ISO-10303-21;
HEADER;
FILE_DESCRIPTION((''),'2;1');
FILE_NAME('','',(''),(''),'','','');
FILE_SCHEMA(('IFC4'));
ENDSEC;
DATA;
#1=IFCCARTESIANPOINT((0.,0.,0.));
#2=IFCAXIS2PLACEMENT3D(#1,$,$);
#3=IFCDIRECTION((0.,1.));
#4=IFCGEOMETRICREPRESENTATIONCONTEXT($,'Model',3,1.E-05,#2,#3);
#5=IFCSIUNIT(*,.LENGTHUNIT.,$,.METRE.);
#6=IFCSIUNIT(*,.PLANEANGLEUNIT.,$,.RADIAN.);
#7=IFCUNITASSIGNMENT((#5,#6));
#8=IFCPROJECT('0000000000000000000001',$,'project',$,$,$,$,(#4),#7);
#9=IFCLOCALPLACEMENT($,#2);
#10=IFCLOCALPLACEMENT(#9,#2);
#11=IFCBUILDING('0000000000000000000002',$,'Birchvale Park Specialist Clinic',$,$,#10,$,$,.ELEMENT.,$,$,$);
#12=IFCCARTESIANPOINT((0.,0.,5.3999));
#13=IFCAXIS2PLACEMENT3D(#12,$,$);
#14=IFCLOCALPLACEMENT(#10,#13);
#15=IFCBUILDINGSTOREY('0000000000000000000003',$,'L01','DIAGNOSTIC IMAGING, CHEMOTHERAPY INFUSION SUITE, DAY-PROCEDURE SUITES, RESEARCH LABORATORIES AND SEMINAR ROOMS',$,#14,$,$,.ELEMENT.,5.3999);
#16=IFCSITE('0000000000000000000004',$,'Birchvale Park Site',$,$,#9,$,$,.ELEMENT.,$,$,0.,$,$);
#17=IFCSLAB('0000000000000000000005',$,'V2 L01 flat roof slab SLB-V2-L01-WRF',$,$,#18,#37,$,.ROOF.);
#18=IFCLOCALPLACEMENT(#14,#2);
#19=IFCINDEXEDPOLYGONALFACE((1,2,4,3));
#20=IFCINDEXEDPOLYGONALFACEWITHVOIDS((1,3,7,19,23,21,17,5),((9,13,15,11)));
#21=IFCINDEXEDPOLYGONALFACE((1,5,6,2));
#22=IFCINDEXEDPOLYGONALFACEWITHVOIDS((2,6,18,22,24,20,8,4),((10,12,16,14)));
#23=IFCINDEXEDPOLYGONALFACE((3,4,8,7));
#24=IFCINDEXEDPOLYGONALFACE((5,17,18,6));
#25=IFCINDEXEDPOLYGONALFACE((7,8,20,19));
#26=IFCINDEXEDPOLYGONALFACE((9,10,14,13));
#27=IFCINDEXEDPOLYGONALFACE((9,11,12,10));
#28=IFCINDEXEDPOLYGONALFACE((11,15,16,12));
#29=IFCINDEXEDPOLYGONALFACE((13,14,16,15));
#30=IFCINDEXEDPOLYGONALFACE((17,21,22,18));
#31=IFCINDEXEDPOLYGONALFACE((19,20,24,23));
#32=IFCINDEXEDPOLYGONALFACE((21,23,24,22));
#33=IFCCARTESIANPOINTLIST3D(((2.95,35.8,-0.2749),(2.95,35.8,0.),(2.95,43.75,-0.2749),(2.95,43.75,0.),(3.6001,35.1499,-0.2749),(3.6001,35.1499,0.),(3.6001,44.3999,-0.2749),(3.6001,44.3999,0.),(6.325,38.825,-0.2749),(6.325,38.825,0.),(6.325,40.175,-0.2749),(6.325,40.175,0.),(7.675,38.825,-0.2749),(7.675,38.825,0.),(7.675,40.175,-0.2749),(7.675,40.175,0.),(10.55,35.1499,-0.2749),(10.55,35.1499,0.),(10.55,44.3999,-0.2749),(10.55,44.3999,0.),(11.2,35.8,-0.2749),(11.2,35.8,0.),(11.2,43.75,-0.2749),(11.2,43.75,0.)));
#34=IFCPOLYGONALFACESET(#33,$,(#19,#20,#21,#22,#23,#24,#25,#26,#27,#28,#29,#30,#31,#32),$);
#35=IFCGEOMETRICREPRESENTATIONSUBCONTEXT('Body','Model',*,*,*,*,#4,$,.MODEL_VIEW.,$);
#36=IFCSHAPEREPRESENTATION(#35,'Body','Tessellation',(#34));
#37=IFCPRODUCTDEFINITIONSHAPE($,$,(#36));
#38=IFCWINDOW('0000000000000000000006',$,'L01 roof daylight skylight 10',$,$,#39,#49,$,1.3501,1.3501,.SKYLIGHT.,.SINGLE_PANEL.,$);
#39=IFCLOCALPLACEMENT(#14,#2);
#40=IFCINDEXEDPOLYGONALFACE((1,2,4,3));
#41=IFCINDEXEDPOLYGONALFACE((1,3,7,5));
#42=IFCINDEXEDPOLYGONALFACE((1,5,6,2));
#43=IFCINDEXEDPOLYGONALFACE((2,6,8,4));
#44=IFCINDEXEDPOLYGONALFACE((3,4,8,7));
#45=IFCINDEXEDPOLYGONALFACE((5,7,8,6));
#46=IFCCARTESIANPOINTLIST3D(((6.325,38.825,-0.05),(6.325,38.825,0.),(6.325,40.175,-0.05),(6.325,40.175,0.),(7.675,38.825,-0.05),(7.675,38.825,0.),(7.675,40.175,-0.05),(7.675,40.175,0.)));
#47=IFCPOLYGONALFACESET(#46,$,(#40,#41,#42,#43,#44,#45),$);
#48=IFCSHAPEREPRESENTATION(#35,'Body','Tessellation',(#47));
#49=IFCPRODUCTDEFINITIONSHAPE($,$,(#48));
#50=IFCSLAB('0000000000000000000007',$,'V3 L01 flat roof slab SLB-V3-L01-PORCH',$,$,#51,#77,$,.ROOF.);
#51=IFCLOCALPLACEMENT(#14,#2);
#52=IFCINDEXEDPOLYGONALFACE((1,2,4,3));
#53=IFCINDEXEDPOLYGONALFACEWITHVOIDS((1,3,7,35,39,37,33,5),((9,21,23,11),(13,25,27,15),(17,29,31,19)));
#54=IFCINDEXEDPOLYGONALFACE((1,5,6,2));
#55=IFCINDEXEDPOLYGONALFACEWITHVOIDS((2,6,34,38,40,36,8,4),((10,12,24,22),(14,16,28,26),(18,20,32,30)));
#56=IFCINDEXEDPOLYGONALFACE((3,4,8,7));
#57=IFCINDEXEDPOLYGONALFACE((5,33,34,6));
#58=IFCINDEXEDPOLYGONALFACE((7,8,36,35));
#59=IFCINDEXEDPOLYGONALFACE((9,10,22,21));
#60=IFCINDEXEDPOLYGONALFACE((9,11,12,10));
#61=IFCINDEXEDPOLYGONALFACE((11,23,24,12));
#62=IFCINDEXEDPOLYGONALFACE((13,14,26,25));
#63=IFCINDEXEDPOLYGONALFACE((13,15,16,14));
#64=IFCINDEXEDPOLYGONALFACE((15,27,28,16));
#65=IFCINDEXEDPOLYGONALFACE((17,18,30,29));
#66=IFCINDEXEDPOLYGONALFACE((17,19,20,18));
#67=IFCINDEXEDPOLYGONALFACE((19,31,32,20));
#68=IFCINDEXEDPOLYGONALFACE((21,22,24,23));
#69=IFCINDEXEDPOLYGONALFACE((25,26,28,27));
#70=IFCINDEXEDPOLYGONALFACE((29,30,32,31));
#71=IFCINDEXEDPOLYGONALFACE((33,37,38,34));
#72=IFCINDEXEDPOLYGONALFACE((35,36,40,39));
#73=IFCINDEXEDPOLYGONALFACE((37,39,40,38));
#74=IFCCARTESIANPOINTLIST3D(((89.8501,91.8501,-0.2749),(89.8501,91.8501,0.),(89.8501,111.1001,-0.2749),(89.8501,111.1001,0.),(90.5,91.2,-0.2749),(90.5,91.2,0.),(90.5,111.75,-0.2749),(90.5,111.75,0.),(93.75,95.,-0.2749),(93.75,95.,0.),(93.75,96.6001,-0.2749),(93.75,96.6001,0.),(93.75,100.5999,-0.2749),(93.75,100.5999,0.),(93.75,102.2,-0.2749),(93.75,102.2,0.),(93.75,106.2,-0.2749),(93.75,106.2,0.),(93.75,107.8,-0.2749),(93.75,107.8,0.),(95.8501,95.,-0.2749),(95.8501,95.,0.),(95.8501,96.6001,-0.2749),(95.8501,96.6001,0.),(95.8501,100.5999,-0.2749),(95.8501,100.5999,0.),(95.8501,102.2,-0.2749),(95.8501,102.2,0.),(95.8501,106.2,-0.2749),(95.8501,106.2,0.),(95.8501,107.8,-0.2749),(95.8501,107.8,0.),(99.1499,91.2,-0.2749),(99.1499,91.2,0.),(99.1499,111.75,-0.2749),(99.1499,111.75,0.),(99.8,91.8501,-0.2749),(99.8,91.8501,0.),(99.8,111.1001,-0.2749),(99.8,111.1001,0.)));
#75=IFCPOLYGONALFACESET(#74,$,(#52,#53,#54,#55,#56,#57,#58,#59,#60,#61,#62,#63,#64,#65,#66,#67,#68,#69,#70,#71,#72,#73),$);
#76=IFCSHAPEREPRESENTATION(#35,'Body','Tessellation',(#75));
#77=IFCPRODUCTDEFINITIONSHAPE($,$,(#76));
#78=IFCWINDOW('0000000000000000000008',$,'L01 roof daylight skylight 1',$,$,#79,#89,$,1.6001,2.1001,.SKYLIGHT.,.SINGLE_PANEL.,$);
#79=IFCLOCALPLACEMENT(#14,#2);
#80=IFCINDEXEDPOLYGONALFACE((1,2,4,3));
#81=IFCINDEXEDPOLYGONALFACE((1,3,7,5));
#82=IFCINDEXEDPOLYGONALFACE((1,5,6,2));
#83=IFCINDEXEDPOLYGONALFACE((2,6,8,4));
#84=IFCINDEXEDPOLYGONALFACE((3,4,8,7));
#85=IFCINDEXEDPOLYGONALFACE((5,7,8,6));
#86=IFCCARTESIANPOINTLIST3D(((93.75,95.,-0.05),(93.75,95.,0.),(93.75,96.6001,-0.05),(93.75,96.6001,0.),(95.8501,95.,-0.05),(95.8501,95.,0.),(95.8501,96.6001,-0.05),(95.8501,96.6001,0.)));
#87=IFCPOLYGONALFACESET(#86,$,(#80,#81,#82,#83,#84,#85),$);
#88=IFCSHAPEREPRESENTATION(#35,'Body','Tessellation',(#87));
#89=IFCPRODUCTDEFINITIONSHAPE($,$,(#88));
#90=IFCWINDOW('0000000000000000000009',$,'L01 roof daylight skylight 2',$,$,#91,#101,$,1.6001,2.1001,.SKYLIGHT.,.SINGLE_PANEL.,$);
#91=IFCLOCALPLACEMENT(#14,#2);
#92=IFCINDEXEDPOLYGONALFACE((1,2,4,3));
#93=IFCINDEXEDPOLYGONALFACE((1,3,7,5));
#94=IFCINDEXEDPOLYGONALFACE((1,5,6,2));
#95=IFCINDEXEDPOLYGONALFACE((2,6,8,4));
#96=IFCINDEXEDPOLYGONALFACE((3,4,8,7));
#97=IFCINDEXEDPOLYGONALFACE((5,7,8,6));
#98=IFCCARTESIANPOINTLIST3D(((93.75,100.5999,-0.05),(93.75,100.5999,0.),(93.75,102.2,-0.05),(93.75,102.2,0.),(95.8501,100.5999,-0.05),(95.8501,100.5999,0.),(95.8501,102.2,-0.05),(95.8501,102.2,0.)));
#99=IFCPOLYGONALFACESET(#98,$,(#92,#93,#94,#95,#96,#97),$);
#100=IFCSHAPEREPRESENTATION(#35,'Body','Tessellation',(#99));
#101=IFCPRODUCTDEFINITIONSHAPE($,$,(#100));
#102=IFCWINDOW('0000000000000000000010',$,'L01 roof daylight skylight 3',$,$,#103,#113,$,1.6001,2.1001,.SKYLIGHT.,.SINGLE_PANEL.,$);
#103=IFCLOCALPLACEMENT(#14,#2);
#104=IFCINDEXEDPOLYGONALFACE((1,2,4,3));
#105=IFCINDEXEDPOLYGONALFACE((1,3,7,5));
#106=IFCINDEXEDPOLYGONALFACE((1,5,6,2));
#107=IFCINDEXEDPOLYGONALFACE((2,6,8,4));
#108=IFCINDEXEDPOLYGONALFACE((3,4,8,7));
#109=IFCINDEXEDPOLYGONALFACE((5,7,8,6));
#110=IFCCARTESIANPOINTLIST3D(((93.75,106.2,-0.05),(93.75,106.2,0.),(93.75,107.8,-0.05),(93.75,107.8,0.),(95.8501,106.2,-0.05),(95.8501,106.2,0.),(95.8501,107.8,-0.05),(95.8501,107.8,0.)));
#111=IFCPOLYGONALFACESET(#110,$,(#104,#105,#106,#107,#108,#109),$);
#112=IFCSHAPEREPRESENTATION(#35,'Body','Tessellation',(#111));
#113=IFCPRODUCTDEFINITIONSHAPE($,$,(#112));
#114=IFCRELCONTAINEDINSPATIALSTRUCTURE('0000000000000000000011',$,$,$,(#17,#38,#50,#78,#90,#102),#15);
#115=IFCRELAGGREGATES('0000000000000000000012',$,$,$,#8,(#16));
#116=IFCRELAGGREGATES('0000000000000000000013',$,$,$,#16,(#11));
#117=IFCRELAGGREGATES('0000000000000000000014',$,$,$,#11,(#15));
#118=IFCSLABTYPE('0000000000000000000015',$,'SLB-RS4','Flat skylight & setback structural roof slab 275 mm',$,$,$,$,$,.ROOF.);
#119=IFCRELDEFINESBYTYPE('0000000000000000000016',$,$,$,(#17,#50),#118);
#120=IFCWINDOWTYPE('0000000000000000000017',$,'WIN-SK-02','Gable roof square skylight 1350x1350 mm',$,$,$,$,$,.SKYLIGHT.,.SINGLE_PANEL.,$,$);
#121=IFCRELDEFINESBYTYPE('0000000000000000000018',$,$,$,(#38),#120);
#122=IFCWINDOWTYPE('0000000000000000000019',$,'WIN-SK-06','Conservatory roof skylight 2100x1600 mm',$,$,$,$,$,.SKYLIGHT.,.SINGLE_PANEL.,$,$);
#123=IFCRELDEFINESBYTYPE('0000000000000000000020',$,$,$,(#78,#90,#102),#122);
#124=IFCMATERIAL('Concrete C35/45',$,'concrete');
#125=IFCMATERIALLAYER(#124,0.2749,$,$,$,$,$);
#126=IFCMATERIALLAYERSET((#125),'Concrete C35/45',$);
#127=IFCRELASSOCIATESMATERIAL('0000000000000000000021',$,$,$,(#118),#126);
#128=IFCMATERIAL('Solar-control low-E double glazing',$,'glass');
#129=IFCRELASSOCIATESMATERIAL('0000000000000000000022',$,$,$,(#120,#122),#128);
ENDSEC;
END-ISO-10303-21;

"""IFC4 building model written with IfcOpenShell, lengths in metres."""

from ifc_helpers import new_model, si_unit, direction, frame, origin, origin_2d, place, context, subcontext, project, spatial, polyline, rectangle, outline, extrude, material, layer, layer_set, type_object, element, fill, save


model = new_model("IFC4")

# Units and contexts
model_context = context("Model", 3, precision=1e-05, world=origin(), true_north=direction((0.0, 1.0)))
body_context = subcontext(model_context, "Body", "Model", "MODEL_VIEW")
ifc_project = project(units=[si_unit("LENGTHUNIT", "METRE"), si_unit("PLANEANGLEUNIT", "RADIAN")], contexts=[model_context])

# Site, building, storey
site_placement = place(None, origin())
site = spatial("IfcSite", under=ifc_project, at=site_placement, Name="Birchvale Park Site", CompositionType="ELEMENT", RefElevation=0.0)
building_placement = place(site_placement, origin())
building = spatial("IfcBuilding", under=site, at=building_placement, Name="Birchvale Park Specialist Clinic", CompositionType="ELEMENT")
storey_placement = place(building_placement, frame((0.0, 0.0, 5.3999)))
storey = spatial("IfcBuildingStorey", under=building, at=storey_placement, Name="L01", Description="DIAGNOSTIC IMAGING, CHEMOTHERAPY INFUSION SUITE, DAY-PROCEDURE SUITES, RESEARCH LABORATORIES AND SEMINAR ROOMS", CompositionType="ELEMENT", Elevation=5.3999)

# Shared definitions
ifc_material_1 = material(Name="Concrete C35/45", Category="concrete")
ifc_layer = layer(ifc_material_1, 0.2749)
ifc_layer_set = layer_set([ifc_layer], Name="Concrete C35/45")
slab_type = type_object("IfcSlabType", Name="SLB-RS4", Description="Flat skylight & setback structural roof slab 275 mm", PredefinedType="ROOF", material=ifc_layer_set)
ifc_material_2 = material(Name="Solar-control low-E double glazing", Category="glass")

# Slab, opening, window
slab_1_placement = place(storey_placement, frame((0.0, 0.0, -0.2749)))
slab_1 = element("IfcSlab", 1, at=slab_1_placement, inside=storey, type_object=slab_type, Name="V2 L01 flat roof slab SLB-V2-L01-WRF", PredefinedType="ROOF", context=body_context, shape_type="SweptSolid", body=[
    extrude(outline(polyline([(3.6001, 35.1499), (10.55, 35.1499), (11.2, 35.8), (11.2, 43.75), (10.55, 44.3999), (3.6001, 44.3999), (2.95, 43.75), (2.95, 35.8), (3.6001, 35.1499)])), origin(), (0.0, 0.0, 1.0), 0.2749),
])
opening_1_placement = place(slab_1_placement, frame((7.0, 39.5, 0.0)))
opening_1 = element("IfcOpeningElement", 2, at=opening_1_placement, cuts=slab_1, PredefinedType="OPENING", context=body_context, shape_type="SweptSolid", body=[
    extrude(rectangle(XDim=1.3501, YDim=1.3501, at=origin_2d()), frame((0.0, 0.0, -0.01)), (0.0, 0.0, 1.0), 0.2949),
])
window_type_1 = type_object("IfcWindowType", Name="WIN-SK-02", Description="Gable roof square skylight 1350x1350 mm", PartitioningType="SINGLE_PANEL", PredefinedType="SKYLIGHT", material=ifc_material_2)
window_1_placement = place(opening_1_placement, frame((0.0, 0.0, 0.2249)))
window_1 = element("IfcWindow", 3, at=window_1_placement, inside=storey, type_object=window_type_1, Name="L01 roof daylight skylight 10", OverallHeight=1.3501, OverallWidth=1.3501, PartitioningType="SINGLE_PANEL", PredefinedType="SKYLIGHT", context=body_context, shape_type="SweptSolid", body=[
    extrude(rectangle(XDim=1.3501, YDim=1.3501, at=origin_2d()), origin(), (0.0, 0.0, 1.0), 0.05),
])
fill(opening_1, window_1)

# Slab, openings, windows
slab_2_placement = place(storey_placement, frame((0.0, 0.0, -0.2749)))
slab_2 = element("IfcSlab", 4, at=slab_2_placement, inside=storey, type_object=slab_type, Name="V3 L01 flat roof slab SLB-V3-L01-PORCH", PredefinedType="ROOF", context=body_context, shape_type="SweptSolid", body=[
    extrude(outline(polyline([(90.5, 91.2), (99.1499, 91.2), (99.8, 91.8501), (99.8, 111.1001), (99.1499, 111.75), (90.5, 111.75), (89.8501, 111.1001), (89.8501, 91.8501), (90.5, 91.2)])), origin(), (0.0, 0.0, 1.0), 0.2749),
])
opening_2_placement = place(slab_2_placement, frame((94.8, 95.8, 0.0)))
opening_2 = element("IfcOpeningElement", 5, at=opening_2_placement, cuts=slab_2, PredefinedType="OPENING", context=body_context, shape_type="SweptSolid", body=[
    extrude(rectangle(XDim=2.1001, YDim=1.6001, at=origin_2d()), frame((0.0, 0.0, -0.01)), (0.0, 0.0, 1.0), 0.2949),
])
opening_3_placement = place(slab_2_placement, frame((94.8, 101.3999, 0.0)))
opening_3 = element("IfcOpeningElement", 6, at=opening_3_placement, cuts=slab_2, PredefinedType="OPENING", context=body_context, shape_type="SweptSolid", body=[
    extrude(rectangle(XDim=2.1001, YDim=1.6001, at=origin_2d()), frame((0.0, 0.0, -0.01)), (0.0, 0.0, 1.0), 0.2949),
])
opening_4_placement = place(slab_2_placement, frame((94.8, 107.0, 0.0)))
opening_4 = element("IfcOpeningElement", 7, at=opening_4_placement, cuts=slab_2, PredefinedType="OPENING", context=body_context, shape_type="SweptSolid", body=[
    extrude(rectangle(XDim=2.1001, YDim=1.6001, at=origin_2d()), frame((0.0, 0.0, -0.01)), (0.0, 0.0, 1.0), 0.2949),
])
window_type_2 = type_object("IfcWindowType", Name="WIN-SK-06", Description="Conservatory roof skylight 2100x1600 mm", PartitioningType="SINGLE_PANEL", PredefinedType="SKYLIGHT", material=ifc_material_2)
window_2_placement = place(opening_2_placement, frame((0.0, 0.0, 0.2249)))
window_2 = element("IfcWindow", 8, at=window_2_placement, inside=storey, type_object=window_type_2, Name="L01 roof daylight skylight 1", OverallHeight=1.6001, OverallWidth=2.1001, PartitioningType="SINGLE_PANEL", PredefinedType="SKYLIGHT", context=body_context, shape_type="SweptSolid", body=[
    extrude(rectangle(XDim=2.1001, YDim=1.6001, at=origin_2d()), origin(), (0.0, 0.0, 1.0), 0.05),
])
fill(opening_2, window_2)
window_3_placement = place(opening_3_placement, frame((0.0, 0.0, 0.2249)))
window_3 = element("IfcWindow", 9, at=window_3_placement, inside=storey, type_object=window_type_2, Name="L01 roof daylight skylight 2", OverallHeight=1.6001, OverallWidth=2.1001, PartitioningType="SINGLE_PANEL", PredefinedType="SKYLIGHT", context=body_context, shape_type="SweptSolid", body=[
    extrude(rectangle(XDim=2.1001, YDim=1.6001, at=origin_2d()), origin(), (0.0, 0.0, 1.0), 0.05),
])
fill(opening_3, window_3)
window_4_placement = place(opening_4_placement, frame((0.0, 0.0, 0.2249)))
window_4 = element("IfcWindow", 10, at=window_4_placement, inside=storey, type_object=window_type_2, Name="L01 roof daylight skylight 3", OverallHeight=1.6001, OverallWidth=2.1001, PartitioningType="SINGLE_PANEL", PredefinedType="SKYLIGHT", context=body_context, shape_type="SweptSolid", body=[
    extrude(rectangle(XDim=2.1001, YDim=1.6001, at=origin_2d()), origin(), (0.0, 0.0, 1.0), 0.05),
])
fill(opening_4, window_4)

save(model, "model.ifc")
